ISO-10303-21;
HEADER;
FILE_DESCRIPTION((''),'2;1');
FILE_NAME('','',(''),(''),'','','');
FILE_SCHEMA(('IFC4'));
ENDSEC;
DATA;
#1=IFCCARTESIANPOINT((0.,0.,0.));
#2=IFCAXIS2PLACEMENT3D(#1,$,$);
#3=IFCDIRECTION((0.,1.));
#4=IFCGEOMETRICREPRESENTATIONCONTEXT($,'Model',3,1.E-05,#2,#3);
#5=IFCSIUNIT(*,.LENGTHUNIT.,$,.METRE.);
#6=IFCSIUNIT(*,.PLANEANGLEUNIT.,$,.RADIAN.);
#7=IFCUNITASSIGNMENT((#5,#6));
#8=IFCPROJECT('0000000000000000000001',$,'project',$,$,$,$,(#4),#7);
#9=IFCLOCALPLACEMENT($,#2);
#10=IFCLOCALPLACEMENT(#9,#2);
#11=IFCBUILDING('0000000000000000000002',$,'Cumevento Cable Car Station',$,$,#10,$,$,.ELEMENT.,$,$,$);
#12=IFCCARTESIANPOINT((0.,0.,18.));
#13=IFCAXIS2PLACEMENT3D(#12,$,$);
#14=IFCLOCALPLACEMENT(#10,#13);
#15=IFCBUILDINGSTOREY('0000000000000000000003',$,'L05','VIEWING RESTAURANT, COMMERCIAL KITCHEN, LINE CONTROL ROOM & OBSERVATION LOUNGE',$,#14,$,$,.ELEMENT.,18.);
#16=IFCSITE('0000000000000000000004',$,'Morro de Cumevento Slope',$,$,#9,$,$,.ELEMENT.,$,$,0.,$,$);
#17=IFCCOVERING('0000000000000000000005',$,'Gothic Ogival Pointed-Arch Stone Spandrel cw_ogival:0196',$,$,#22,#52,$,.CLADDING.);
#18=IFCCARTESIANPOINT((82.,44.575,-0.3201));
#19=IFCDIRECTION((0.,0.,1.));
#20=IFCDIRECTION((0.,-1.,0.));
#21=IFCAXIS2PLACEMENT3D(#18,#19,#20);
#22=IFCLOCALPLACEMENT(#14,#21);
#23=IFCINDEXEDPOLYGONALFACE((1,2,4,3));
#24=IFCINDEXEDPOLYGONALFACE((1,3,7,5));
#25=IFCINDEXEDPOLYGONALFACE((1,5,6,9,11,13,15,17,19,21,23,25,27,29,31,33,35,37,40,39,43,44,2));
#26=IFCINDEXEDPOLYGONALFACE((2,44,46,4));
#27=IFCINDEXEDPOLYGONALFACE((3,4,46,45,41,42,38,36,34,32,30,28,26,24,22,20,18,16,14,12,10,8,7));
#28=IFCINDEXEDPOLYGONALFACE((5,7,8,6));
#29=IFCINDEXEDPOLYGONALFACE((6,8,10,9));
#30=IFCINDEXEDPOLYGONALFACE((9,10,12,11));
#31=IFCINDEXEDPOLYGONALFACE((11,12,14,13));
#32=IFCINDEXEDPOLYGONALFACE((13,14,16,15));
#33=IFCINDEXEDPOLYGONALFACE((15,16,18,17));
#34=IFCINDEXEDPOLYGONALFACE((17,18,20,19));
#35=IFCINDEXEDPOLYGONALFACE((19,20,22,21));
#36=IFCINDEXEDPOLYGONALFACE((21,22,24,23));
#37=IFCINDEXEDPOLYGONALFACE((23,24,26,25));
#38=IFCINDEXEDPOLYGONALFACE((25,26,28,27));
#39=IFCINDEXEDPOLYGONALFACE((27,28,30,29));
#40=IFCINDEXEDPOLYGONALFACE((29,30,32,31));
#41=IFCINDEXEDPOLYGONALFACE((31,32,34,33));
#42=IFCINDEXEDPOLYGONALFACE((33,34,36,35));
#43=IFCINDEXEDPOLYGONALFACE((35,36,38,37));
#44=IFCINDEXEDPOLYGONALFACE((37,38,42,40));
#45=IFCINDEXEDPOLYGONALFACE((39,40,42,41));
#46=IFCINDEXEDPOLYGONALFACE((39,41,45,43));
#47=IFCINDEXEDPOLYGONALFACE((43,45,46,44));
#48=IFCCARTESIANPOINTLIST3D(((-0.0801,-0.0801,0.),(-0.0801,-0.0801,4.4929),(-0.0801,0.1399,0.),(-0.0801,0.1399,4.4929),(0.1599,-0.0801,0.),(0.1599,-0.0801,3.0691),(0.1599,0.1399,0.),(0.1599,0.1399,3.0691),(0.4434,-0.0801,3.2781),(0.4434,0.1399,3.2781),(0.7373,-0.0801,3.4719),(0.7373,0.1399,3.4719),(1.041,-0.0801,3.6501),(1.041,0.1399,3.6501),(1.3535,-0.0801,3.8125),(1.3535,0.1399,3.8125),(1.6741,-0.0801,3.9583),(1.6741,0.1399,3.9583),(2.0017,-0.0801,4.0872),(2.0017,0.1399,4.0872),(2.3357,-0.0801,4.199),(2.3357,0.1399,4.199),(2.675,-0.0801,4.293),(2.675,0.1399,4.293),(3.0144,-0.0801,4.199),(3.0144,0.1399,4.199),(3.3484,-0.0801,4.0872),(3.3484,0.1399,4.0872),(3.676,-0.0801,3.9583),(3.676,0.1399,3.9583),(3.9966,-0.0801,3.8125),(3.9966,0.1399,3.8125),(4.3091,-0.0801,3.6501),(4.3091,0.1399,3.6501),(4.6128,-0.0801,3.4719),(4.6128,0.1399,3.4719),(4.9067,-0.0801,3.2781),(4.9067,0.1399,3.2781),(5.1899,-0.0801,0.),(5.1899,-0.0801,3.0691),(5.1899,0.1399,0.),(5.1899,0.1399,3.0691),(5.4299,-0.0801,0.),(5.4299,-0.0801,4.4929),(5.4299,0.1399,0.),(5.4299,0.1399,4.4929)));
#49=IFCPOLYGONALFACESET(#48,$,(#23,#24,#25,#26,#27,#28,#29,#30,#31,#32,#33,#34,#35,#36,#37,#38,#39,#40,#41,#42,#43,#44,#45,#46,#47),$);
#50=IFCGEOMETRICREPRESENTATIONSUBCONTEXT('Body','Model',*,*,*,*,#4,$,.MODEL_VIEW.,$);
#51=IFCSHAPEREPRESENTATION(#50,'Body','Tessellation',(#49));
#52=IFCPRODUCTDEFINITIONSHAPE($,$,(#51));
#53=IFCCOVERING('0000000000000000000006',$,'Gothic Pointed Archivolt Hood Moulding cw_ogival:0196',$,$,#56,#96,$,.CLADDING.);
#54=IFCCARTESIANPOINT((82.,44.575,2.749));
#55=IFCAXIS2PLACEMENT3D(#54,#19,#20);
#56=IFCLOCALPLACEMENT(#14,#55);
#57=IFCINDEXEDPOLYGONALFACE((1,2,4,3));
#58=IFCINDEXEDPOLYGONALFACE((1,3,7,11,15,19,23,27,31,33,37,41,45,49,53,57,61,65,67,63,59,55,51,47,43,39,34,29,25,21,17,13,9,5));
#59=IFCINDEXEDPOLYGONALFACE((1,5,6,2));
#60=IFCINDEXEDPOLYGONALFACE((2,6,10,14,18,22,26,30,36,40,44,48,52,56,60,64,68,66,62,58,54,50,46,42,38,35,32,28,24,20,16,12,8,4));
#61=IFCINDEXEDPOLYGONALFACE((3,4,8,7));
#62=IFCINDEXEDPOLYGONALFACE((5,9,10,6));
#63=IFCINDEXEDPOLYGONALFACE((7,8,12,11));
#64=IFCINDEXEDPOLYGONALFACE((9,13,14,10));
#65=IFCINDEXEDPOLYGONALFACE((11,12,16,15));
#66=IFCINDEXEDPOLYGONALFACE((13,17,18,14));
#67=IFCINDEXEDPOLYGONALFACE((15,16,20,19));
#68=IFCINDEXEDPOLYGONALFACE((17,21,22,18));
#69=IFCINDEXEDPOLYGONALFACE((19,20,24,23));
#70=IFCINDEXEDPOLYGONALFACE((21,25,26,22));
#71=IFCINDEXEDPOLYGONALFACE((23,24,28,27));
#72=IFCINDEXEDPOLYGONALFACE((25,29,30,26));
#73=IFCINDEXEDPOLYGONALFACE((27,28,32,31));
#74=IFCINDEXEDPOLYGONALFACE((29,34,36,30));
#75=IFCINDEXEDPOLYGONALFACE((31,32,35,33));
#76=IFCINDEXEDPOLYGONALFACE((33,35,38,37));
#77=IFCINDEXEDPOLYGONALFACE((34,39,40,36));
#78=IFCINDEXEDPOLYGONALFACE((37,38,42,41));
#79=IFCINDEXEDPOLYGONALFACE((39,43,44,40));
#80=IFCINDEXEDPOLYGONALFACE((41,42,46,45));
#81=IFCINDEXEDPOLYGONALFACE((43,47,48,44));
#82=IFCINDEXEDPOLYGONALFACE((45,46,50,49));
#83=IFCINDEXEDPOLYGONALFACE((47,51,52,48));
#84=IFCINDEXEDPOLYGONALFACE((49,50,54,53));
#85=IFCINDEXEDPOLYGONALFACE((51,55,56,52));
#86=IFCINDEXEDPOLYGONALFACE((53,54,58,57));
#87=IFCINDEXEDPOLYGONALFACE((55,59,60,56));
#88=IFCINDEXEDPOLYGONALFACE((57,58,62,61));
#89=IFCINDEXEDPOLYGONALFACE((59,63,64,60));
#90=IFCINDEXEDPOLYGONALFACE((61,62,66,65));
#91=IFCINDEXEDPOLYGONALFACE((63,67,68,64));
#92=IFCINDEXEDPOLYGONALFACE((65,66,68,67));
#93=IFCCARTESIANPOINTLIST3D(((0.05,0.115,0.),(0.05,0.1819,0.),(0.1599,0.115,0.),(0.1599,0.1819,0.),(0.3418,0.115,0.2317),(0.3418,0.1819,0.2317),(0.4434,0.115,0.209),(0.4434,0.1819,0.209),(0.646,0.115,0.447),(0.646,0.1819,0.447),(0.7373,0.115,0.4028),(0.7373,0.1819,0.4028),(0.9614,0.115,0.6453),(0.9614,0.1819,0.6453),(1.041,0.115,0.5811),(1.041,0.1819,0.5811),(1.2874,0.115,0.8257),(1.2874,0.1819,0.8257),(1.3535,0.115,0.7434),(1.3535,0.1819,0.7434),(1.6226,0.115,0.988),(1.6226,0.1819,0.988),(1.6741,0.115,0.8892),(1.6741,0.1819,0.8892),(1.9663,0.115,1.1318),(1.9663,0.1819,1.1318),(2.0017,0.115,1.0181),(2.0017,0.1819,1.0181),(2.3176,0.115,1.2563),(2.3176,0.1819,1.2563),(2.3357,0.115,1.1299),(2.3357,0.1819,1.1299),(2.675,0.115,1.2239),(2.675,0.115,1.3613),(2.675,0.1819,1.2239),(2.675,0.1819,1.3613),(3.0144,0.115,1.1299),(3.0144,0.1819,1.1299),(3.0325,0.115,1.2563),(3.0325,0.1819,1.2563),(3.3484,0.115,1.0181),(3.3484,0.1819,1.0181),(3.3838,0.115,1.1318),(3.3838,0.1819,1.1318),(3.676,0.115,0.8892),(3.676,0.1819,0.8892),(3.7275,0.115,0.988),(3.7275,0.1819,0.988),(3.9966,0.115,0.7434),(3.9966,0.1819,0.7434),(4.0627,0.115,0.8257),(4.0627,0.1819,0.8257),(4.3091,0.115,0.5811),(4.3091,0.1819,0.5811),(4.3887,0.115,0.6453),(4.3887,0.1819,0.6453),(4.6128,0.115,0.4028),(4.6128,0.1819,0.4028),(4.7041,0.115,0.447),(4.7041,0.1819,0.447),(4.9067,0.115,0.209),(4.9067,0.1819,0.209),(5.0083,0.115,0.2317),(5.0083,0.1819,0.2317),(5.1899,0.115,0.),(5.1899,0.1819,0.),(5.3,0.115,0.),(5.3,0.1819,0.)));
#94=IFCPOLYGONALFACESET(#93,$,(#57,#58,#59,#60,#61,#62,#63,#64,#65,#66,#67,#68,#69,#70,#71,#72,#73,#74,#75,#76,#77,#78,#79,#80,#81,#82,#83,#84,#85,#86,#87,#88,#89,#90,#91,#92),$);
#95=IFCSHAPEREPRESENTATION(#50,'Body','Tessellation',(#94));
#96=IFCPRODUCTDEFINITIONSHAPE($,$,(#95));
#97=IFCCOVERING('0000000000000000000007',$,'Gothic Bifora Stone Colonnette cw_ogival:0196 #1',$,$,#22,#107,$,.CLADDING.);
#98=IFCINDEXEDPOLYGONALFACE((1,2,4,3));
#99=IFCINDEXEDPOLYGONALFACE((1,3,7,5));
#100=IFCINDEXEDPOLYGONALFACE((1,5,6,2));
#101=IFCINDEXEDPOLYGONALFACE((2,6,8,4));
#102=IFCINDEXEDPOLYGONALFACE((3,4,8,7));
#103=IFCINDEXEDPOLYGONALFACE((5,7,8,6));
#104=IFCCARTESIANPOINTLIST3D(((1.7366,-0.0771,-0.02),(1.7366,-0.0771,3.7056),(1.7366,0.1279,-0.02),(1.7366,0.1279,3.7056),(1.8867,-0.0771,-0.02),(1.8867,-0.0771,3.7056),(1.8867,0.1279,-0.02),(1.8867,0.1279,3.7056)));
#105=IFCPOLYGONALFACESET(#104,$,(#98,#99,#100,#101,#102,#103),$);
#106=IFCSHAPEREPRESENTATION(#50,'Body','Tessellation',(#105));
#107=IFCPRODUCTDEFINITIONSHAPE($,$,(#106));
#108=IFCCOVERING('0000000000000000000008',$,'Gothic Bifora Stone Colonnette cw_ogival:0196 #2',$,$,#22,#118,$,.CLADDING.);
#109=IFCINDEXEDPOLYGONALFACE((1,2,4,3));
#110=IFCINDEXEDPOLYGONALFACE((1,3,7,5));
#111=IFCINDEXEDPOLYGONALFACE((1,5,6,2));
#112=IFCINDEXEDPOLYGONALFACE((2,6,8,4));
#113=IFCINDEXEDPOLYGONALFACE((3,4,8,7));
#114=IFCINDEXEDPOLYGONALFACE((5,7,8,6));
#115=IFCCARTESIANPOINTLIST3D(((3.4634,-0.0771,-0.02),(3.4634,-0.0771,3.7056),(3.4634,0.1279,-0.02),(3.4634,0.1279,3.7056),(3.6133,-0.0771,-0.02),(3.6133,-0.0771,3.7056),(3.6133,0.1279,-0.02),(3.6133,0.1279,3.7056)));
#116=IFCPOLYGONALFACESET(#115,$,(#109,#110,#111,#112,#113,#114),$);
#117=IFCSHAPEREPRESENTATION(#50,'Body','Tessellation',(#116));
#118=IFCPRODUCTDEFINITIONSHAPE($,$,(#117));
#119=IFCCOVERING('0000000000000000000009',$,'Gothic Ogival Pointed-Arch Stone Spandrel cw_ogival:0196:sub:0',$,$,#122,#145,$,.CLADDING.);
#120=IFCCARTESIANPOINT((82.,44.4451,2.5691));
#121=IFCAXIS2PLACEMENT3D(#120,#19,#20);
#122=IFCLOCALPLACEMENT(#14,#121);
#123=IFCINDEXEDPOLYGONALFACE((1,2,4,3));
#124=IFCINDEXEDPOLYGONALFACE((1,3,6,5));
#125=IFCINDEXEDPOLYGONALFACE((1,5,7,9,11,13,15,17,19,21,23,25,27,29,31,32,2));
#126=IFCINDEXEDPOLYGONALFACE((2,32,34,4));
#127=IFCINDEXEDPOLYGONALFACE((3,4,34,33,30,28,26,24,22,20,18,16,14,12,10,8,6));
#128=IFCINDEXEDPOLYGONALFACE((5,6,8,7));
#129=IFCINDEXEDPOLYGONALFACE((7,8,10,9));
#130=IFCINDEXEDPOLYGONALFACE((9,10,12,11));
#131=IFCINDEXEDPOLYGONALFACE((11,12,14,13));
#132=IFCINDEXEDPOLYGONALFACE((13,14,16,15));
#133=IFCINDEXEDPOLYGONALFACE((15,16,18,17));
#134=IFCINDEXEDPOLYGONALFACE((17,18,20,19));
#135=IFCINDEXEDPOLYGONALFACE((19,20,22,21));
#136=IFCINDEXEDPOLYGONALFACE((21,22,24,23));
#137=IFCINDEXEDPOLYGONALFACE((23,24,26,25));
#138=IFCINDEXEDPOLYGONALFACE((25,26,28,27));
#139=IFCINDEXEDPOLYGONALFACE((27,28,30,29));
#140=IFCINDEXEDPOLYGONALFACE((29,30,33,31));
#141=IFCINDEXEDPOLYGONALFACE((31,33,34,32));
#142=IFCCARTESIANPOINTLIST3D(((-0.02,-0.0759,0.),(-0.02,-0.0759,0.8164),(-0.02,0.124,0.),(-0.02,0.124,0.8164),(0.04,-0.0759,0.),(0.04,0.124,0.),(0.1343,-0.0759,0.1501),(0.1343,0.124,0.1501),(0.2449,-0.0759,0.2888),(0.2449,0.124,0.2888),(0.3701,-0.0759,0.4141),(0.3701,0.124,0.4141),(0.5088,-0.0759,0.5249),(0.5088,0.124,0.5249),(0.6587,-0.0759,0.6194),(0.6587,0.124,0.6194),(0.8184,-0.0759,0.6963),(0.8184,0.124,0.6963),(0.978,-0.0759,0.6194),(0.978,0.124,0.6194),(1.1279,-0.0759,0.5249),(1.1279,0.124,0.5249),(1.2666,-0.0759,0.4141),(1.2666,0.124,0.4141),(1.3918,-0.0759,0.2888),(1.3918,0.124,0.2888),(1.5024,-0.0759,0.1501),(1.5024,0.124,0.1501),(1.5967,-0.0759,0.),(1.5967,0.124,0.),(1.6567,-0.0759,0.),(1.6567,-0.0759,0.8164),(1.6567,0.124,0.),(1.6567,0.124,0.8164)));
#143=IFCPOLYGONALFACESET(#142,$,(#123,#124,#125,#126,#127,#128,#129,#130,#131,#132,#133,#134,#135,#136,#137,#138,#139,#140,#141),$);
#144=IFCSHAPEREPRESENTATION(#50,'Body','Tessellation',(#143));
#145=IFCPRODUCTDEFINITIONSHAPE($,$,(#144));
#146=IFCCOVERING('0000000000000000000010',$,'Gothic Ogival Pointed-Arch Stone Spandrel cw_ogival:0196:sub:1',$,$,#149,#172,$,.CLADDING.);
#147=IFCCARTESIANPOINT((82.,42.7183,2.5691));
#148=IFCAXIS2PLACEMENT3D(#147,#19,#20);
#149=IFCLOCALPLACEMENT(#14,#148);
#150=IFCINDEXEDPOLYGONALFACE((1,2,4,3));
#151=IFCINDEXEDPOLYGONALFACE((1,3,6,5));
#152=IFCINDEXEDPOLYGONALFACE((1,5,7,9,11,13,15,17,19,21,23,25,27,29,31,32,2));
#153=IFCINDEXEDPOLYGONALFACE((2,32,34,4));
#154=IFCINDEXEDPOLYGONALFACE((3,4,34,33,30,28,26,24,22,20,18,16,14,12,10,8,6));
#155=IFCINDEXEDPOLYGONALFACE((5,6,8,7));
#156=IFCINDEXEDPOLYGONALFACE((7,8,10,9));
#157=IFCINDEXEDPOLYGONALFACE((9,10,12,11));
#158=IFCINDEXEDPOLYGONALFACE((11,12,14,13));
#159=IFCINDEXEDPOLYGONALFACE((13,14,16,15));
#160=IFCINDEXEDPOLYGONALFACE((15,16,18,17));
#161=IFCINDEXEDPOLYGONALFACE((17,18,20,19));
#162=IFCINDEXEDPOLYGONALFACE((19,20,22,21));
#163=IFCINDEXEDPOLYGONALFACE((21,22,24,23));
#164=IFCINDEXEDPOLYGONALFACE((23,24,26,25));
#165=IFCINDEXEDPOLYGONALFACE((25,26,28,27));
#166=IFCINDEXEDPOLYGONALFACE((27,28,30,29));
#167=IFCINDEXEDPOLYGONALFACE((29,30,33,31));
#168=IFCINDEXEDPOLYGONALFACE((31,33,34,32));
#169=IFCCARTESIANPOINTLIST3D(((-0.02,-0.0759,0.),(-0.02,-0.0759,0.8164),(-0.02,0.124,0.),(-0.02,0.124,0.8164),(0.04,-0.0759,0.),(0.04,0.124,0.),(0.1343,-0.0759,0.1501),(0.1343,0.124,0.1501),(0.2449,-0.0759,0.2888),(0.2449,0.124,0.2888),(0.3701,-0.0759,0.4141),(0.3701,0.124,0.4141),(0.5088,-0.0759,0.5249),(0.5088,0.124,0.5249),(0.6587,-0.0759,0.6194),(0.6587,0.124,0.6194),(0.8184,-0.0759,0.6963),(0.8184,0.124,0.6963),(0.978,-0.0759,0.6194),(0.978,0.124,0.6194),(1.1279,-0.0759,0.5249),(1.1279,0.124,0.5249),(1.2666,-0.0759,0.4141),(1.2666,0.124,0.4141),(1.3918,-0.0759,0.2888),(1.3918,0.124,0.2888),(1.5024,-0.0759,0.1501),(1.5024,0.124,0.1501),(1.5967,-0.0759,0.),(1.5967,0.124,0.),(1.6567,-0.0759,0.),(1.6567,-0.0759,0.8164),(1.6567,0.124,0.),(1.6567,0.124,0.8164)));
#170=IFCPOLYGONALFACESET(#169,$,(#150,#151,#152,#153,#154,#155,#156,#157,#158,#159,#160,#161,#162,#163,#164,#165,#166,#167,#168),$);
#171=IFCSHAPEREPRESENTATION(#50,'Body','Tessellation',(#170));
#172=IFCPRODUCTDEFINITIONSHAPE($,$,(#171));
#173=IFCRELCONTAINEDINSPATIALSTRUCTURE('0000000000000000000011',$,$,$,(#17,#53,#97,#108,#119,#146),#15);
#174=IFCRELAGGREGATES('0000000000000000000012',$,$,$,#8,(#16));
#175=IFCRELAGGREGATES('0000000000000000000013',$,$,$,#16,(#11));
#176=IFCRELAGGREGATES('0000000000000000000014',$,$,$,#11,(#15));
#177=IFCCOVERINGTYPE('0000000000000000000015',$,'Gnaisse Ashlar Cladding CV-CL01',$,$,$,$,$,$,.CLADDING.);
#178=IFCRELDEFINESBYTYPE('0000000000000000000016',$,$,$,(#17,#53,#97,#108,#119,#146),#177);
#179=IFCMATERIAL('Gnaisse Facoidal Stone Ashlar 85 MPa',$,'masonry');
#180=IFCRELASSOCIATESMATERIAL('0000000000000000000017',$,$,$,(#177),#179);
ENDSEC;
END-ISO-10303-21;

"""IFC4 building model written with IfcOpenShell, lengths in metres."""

from ifc_helpers import new_model, si_unit, direction, frame, origin, place, context, subcontext, project, spatial, polyline, outline, extrude, material, type_object, element, save


model = new_model("IFC4")

# Units and contexts
model_context = context("Model", 3, precision=1e-05, world=origin(), true_north=direction((0.0, 1.0)))
body_context = subcontext(model_context, "Body", "Model", "MODEL_VIEW")
ifc_project = project(units=[si_unit("LENGTHUNIT", "METRE"), si_unit("PLANEANGLEUNIT", "RADIAN")], contexts=[model_context])

# Site, building, storey
site_placement = place(None, origin())
site = spatial("IfcSite", under=ifc_project, at=site_placement, Name="Morro de Cumevento Slope", CompositionType="ELEMENT", RefElevation=0.0)
building_placement = place(site_placement, origin())
building = spatial("IfcBuilding", under=site, at=building_placement, Name="Cumevento Cable Car Station", CompositionType="ELEMENT")
storey_placement = place(building_placement, frame((0.0, 0.0, 18.0)))
storey = spatial("IfcBuildingStorey", under=building, at=storey_placement, Name="L05", Description="VIEWING RESTAURANT, COMMERCIAL KITCHEN, LINE CONTROL ROOM & OBSERVATION LOUNGE", CompositionType="ELEMENT", Elevation=18.0)

# Coverings
ifc_material_1 = material(Name="Gnaisse Facoidal Stone Ashlar 85 MPa", Category="masonry")
covering_type = type_object("IfcCoveringType", Name="Gnaisse Ashlar Cladding CV-CL01", PredefinedType="CLADDING", material=ifc_material_1)
placement = place(storey_placement, frame((82.0, 44.575, -0.3201), z_axis=(0.0, 0.0, 1.0), x_axis=(0.0, -1.0, 0.0)))
element("IfcCovering", 1, at=placement, inside=storey, type_object=covering_type, Name="Gothic Ogival Pointed-Arch Stone Spandrel cw_ogival:0196", PredefinedType="CLADDING", context=body_context, shape_type="SweptSolid", body=[
    extrude(outline(polyline([(-0.0801, 0.0), (-0.0801, 4.4929), (5.4299, 4.4929), (5.4299, 0.0), (5.1899, 0.0), (5.1899, 3.0691), (4.9067, 3.2781), (4.6128, 3.4719), (4.3091, 3.6501), (3.9966, 3.8125), (3.676, 3.9583), (3.3484, 4.0872), (3.0144, 4.199), (2.675, 4.293), (2.3357, 4.199), (2.0017, 4.0872), (1.6741, 3.9583), (1.3535, 3.8125), (1.041, 3.6501), (0.7373, 3.4719), (0.4434, 3.2781), (0.1599, 3.0691), (0.1599, 0.0), (-0.0801, 0.0)])), frame((0.0, 0.1399, 0.0), z_axis=(0.0, -1.0, 0.0), x_axis=(1.0, 0.0, 0.0)), (0.0, 0.0, 1.0), 0.22),
])
covering_1_placement = place(storey_placement, frame((82.0, 44.575, 2.749), z_axis=(0.0, 0.0, 1.0), x_axis=(0.0, -1.0, 0.0)))
element("IfcCovering", 2, at=covering_1_placement, inside=storey, type_object=covering_type, Name="Gothic Pointed Archivolt Hood Moulding cw_ogival:0196", PredefinedType="CLADDING", context=body_context, shape_type="SweptSolid", body=[
    extrude(outline(polyline([(0.1599, 0.0), (0.4434, 0.209), (0.7373, 0.4028), (1.041, 0.5811), (1.3535, 0.7434), (1.6741, 0.8892), (2.0017, 1.0181), (2.3357, 1.1299), (2.675, 1.2239), (3.0144, 1.1299), (3.3484, 1.0181), (3.676, 0.8892), (3.9966, 0.7434), (4.3091, 0.5811), (4.6128, 0.4028), (4.9067, 0.209), (5.1899, 0.0), (5.3, 0.0), (5.0083, 0.2317), (4.7041, 0.447), (4.3887, 0.6453), (4.0627, 0.8257), (3.7275, 0.988), (3.3838, 1.1318), (3.0325, 1.2563), (2.675, 1.3613), (2.3176, 1.2563), (1.9663, 1.1318), (1.6226, 0.988), (1.2874, 0.8257), (0.9614, 0.6453), (0.646, 0.447), (0.3418, 0.2317), (0.05, 0.0), (0.1599, 0.0)])), frame((0.0, 0.1819, 0.0), z_axis=(0.0, -1.0, 0.0), x_axis=(1.0, 0.0, 0.0)), (0.0, 0.0, 1.0), 0.0669),
])
element("IfcCovering", 3, at=placement, inside=storey, type_object=covering_type, Name="Gothic Bifora Stone Colonnette cw_ogival:0196 #1", PredefinedType="CLADDING", context=body_context, shape_type="SweptSolid", body=[
    extrude(outline(polyline([(1.7366, -0.02), (1.8867, -0.02), (1.8867, 3.7056), (1.7366, 3.7056), (1.7366, -0.02)])), frame((0.0, 0.1279, 0.0), z_axis=(0.0, -1.0, 0.0), x_axis=(1.0, 0.0, 0.0)), (0.0, 0.0, 1.0), 0.2051),
])
element("IfcCovering", 4, at=placement, inside=storey, type_object=covering_type, Name="Gothic Bifora Stone Colonnette cw_ogival:0196 #2", PredefinedType="CLADDING", context=body_context, shape_type="SweptSolid", body=[
    extrude(outline(polyline([(3.4634, -0.02), (3.6133, -0.02), (3.6133, 3.7056), (3.4634, 3.7056), (3.4634, -0.02)])), frame((0.0, 0.1279, 0.0), z_axis=(0.0, -1.0, 0.0), x_axis=(1.0, 0.0, 0.0)), (0.0, 0.0, 1.0), 0.2051),
])
for number, where, z_axis, x_axis, name in (
    (5, (82.0, 44.4451, 2.5691), (0.0, 0.0, 1.0), (0.0, -1.0, 0.0), "Gothic Ogival Pointed-Arch Stone Spandrel cw_ogival:0196:sub:0"),
    (6, (82.0, 42.7183, 2.5691), (0.0, 0.0, 1.0), (0.0, -1.0, 0.0), "Gothic Ogival Pointed-Arch Stone Spandrel cw_ogival:0196:sub:1"),
):
    element("IfcCovering", number, at=place(storey_placement, frame(where, z_axis=z_axis, x_axis=x_axis)), inside=storey, type_object=covering_type, Name=name, PredefinedType="CLADDING", context=body_context, shape_type="SweptSolid", body=[
        extrude(outline(polyline([(-0.02, 0.0), (-0.02, 0.8164), (1.6567, 0.8164), (1.6567, 0.0), (1.5967, 0.0), (1.5024, 0.1501), (1.3918, 0.2888), (1.2666, 0.4141), (1.1279, 0.5249), (0.978, 0.6194), (0.8184, 0.6963), (0.6587, 0.6194), (0.5088, 0.5249), (0.3701, 0.4141), (0.2449, 0.2888), (0.1343, 0.1501), (0.04, 0.0), (-0.02, 0.0)])), frame((0.0, 0.124, 0.0), z_axis=(0.0, -1.0, 0.0), x_axis=(1.0, 0.0, 0.0)), (0.0, 0.0, 1.0), 0.2),
    ])

save(model, "model.ifc")
